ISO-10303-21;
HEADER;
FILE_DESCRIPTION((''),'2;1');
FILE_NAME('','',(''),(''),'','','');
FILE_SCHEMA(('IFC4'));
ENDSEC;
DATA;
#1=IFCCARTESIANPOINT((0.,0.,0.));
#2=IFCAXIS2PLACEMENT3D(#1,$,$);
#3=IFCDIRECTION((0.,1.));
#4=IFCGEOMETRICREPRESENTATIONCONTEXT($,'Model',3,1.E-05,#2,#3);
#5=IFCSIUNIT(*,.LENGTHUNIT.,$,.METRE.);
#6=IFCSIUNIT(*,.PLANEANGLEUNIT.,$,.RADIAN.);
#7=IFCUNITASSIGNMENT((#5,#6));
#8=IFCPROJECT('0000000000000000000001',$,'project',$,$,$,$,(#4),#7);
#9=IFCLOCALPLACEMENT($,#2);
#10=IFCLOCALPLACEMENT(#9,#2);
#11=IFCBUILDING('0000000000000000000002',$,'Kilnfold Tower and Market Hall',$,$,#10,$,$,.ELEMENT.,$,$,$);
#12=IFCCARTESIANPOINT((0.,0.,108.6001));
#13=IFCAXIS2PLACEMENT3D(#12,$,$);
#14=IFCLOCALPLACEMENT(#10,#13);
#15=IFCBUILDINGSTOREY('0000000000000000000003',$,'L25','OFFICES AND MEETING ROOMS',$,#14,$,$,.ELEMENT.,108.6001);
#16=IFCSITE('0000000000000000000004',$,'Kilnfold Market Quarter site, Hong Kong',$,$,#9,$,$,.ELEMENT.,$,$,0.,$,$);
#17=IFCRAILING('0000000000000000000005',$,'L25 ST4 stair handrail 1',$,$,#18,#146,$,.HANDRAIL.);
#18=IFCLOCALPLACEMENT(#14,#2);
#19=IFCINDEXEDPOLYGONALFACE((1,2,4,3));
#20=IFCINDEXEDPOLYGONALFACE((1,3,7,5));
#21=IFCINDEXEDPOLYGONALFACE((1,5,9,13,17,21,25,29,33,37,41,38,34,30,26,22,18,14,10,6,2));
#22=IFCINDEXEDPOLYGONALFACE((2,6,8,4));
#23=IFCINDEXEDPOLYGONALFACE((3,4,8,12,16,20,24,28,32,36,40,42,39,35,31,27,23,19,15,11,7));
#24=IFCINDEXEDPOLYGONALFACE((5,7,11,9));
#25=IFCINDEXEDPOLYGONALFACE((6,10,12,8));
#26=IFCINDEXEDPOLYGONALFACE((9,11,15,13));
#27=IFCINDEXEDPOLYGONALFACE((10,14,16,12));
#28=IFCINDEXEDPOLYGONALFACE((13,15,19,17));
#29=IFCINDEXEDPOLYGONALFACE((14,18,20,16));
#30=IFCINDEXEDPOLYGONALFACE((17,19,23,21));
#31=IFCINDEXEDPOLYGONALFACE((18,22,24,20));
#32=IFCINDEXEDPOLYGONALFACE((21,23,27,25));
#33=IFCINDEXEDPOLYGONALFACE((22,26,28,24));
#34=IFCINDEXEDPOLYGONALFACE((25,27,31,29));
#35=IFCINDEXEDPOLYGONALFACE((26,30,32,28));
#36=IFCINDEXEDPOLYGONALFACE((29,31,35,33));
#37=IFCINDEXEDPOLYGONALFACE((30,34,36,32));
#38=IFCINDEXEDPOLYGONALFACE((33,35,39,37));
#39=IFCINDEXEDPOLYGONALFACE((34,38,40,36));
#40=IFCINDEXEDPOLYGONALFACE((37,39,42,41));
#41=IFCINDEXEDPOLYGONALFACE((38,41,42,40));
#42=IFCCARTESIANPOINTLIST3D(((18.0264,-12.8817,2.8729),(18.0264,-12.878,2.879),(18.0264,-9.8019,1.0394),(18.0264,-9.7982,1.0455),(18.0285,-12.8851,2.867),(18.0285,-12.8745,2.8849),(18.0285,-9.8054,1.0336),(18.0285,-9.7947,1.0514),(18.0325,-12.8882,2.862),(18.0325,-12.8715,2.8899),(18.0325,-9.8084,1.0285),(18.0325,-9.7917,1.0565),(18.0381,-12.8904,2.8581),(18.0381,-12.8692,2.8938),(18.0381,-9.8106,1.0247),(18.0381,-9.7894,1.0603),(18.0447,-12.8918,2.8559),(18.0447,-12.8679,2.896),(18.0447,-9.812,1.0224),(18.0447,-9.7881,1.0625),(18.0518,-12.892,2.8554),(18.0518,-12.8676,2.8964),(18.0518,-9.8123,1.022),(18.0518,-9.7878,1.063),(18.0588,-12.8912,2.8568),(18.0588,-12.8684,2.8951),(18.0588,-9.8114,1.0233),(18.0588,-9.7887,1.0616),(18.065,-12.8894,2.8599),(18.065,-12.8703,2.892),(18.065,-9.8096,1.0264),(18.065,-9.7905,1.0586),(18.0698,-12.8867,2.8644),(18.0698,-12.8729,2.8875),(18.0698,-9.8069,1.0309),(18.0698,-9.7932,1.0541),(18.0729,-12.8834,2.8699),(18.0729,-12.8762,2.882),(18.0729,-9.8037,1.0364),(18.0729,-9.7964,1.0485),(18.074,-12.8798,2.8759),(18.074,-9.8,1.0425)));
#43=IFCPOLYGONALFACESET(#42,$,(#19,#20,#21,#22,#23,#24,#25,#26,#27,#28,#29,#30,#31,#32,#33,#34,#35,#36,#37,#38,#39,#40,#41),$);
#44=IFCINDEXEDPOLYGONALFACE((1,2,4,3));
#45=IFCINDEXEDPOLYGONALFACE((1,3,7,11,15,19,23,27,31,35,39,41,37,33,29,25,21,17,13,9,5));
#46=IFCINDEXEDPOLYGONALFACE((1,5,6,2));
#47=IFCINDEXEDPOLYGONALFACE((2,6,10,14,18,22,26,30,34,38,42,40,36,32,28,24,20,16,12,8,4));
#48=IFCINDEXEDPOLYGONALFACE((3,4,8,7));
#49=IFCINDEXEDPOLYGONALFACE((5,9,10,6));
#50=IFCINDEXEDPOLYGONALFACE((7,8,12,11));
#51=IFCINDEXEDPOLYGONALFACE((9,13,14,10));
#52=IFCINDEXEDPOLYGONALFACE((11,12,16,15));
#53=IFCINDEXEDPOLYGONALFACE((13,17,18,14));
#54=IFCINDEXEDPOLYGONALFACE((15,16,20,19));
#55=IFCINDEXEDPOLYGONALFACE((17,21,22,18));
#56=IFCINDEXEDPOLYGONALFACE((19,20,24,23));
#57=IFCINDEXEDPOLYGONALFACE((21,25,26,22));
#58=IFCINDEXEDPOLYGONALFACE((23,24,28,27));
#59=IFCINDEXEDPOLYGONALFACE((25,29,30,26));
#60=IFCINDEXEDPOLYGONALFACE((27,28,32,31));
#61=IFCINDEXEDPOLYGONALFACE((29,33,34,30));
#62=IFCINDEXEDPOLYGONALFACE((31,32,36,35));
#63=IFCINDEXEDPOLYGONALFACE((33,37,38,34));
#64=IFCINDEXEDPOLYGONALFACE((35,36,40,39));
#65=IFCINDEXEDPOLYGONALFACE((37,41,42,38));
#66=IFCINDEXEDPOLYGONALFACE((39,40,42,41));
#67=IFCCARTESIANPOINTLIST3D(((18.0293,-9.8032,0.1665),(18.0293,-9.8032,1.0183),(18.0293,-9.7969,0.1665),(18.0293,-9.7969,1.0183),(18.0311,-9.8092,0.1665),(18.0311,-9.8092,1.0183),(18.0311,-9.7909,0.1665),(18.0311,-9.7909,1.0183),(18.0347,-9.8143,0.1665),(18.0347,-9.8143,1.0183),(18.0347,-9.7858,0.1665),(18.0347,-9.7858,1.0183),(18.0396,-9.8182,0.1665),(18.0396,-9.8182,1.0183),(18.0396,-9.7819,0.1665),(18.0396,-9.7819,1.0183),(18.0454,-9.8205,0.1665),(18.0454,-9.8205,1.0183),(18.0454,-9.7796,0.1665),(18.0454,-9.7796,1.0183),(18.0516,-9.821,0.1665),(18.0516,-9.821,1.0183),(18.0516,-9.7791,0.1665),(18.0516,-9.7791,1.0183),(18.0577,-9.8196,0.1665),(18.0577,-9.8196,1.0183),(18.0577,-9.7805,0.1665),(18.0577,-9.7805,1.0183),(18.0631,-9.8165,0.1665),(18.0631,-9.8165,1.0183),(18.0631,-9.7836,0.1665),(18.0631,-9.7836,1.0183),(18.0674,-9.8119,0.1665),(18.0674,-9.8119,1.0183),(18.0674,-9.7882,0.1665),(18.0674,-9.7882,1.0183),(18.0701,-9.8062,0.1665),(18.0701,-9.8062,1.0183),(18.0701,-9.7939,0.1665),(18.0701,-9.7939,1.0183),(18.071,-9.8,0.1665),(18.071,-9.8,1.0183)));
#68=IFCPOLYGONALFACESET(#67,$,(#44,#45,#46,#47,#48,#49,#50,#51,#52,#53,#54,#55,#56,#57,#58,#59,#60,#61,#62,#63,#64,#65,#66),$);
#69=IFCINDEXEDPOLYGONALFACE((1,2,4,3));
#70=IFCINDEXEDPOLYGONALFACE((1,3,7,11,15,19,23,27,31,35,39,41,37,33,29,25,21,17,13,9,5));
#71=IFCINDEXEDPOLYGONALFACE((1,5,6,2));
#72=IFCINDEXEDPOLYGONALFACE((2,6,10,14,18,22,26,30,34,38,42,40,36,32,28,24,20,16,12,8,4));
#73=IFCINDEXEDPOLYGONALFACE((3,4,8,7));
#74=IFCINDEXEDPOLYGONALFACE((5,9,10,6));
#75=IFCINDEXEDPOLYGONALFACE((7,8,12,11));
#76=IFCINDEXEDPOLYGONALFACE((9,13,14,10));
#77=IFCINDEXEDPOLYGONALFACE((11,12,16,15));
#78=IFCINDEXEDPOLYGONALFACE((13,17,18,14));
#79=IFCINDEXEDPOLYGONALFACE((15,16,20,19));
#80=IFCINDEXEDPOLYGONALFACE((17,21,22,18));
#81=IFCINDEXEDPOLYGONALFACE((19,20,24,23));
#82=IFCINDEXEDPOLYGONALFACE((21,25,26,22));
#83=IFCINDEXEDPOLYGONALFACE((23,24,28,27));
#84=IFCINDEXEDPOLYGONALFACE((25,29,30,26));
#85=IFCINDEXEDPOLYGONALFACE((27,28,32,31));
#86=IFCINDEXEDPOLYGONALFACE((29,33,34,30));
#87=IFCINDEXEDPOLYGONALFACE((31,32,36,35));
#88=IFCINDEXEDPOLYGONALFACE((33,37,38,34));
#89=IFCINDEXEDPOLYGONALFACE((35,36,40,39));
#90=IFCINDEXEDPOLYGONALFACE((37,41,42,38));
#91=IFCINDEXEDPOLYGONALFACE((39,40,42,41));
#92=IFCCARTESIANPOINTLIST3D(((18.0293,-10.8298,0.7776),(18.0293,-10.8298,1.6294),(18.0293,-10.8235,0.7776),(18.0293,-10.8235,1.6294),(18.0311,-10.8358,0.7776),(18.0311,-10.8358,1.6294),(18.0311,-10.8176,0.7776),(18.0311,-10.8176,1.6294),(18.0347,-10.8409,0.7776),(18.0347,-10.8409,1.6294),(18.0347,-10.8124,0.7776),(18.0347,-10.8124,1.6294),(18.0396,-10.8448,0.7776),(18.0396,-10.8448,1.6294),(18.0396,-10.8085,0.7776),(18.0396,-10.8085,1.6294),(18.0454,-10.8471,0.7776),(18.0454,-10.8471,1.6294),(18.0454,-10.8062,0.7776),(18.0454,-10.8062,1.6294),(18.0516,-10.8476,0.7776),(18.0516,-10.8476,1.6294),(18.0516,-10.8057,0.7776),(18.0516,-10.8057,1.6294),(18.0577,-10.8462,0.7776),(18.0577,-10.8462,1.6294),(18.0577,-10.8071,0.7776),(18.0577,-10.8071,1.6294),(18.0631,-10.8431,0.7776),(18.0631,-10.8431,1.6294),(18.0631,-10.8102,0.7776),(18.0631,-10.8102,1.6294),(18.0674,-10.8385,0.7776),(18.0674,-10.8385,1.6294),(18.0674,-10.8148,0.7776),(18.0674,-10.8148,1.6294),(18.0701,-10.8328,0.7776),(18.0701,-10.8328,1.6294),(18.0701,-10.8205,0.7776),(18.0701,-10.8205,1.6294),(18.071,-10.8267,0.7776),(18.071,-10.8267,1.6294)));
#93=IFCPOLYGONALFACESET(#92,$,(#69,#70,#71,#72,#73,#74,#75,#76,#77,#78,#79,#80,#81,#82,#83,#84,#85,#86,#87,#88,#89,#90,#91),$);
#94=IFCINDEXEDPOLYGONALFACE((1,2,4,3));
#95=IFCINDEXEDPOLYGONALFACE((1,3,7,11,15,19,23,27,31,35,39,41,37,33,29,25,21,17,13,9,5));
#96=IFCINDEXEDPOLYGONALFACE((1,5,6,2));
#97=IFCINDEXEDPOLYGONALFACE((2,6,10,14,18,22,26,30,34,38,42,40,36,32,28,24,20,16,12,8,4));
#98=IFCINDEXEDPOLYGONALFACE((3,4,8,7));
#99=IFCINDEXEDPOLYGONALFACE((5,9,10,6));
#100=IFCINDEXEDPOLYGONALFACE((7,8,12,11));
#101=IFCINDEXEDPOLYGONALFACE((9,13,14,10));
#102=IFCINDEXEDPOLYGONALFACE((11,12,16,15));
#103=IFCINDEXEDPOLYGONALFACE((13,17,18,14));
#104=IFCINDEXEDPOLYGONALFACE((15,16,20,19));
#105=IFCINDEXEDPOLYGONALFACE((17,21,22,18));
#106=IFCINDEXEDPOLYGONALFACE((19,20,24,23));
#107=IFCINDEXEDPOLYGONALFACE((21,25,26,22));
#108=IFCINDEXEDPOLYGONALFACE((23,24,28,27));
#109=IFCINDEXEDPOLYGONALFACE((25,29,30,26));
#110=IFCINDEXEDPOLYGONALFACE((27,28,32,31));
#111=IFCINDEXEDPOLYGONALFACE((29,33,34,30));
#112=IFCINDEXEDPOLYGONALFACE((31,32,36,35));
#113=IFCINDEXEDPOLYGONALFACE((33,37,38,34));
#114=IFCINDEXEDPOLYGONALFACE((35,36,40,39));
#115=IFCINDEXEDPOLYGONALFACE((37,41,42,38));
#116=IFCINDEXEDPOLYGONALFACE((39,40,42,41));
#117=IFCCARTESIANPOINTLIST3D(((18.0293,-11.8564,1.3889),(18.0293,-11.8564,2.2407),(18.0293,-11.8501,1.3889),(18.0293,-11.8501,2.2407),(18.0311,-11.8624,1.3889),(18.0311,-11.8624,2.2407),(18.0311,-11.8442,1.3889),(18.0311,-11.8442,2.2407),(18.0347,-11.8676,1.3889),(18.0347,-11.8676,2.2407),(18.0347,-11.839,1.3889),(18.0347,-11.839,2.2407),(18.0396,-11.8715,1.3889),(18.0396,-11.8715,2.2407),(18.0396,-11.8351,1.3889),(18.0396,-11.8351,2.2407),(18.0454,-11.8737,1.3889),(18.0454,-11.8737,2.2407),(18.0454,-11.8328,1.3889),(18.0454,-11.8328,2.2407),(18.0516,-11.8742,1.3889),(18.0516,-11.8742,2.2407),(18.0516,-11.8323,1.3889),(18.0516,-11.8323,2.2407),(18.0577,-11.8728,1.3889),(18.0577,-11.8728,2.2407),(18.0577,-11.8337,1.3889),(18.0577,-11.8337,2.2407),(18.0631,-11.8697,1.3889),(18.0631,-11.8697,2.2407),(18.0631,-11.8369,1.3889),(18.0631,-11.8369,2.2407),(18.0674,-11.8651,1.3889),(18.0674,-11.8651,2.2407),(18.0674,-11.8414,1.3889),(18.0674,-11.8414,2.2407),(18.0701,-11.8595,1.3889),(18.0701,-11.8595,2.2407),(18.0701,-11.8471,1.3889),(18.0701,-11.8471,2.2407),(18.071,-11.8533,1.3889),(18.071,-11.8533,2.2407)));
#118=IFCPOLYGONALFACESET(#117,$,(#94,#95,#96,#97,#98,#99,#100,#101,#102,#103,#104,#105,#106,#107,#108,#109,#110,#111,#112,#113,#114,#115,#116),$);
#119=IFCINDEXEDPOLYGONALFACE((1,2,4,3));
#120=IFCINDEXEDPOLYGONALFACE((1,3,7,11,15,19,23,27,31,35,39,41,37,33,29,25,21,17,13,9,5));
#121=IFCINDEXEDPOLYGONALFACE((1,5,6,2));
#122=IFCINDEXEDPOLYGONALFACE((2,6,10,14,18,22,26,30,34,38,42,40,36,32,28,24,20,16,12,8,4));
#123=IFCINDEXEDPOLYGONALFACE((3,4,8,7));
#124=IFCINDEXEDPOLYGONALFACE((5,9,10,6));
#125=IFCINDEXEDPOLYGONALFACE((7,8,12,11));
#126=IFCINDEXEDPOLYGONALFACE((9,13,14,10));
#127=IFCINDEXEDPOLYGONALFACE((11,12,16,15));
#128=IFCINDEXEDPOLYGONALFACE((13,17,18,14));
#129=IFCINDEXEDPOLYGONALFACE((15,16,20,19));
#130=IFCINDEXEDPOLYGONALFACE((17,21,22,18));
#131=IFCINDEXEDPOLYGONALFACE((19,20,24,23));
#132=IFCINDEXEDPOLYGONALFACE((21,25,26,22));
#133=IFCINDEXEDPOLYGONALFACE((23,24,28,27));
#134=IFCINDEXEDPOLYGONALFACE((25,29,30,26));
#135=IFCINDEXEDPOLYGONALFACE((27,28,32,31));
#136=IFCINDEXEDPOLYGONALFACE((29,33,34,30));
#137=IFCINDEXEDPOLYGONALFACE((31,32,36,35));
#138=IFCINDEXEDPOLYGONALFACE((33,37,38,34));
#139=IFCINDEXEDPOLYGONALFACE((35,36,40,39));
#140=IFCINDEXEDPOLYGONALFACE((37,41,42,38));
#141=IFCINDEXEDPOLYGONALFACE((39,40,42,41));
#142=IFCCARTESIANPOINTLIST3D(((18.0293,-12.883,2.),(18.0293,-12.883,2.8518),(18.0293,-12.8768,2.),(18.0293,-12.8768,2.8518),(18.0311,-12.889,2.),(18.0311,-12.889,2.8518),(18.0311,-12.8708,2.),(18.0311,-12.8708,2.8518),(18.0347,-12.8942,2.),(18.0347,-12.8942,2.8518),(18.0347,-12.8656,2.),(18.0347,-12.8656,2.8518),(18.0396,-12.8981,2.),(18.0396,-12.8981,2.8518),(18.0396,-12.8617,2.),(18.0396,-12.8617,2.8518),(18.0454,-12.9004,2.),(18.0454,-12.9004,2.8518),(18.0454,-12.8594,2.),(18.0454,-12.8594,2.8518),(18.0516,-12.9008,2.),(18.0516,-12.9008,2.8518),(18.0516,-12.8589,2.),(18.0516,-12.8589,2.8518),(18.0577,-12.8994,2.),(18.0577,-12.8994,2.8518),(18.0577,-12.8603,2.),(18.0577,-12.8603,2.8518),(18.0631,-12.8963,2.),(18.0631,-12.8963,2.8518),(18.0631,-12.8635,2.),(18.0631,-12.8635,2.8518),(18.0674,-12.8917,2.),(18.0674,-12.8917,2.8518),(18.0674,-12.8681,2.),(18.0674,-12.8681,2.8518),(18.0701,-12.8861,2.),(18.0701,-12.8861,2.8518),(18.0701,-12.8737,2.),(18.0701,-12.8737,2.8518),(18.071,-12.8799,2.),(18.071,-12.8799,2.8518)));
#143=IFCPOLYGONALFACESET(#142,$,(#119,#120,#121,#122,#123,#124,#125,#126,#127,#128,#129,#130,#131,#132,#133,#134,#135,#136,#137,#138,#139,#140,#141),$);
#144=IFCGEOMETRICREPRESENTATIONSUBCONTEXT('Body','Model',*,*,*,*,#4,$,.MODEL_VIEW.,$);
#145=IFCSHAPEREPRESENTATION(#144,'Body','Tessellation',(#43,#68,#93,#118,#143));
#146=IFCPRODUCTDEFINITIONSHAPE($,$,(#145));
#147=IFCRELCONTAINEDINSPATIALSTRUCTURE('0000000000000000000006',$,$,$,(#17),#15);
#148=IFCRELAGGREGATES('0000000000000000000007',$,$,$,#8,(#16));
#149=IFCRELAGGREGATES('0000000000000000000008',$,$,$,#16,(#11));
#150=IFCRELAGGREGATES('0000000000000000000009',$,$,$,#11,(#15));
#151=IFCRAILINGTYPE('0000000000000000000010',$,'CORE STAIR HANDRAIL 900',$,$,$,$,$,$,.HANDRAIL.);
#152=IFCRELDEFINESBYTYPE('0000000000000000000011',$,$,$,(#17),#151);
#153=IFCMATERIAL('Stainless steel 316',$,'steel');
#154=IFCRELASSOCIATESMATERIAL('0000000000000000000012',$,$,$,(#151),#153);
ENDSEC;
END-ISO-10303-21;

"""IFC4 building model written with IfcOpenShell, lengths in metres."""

from ifc_helpers import new_model, si_unit, direction, frame, origin, origin_2d, place, context, subcontext, project, spatial, circle, extrude, material, type_object, element, save


model = new_model("IFC4")

# Units and contexts
model_context = context("Model", 3, precision=1e-05, world=origin(), true_north=direction((0.0, 1.0)))
body_context = subcontext(model_context, "Body", "Model", "MODEL_VIEW")
ifc_project = project(units=[si_unit("LENGTHUNIT", "METRE"), si_unit("PLANEANGLEUNIT", "RADIAN")], contexts=[model_context])

# Site, building, storey
site_placement = place(None, origin())
site = spatial("IfcSite", under=ifc_project, at=site_placement, Name="Kilnfold Market Quarter site, Hong Kong", CompositionType="ELEMENT", RefElevation=0.0)
building_placement = place(site_placement, origin())
building = spatial("IfcBuilding", under=site, at=building_placement, Name="Kilnfold Tower and Market Hall", CompositionType="ELEMENT")
storey_placement = place(building_placement, frame((0.0, 0.0, 108.6001)))
storey = spatial("IfcBuildingStorey", under=building, at=storey_placement, Name="L25", Description="OFFICES AND MEETING ROOMS", CompositionType="ELEMENT", Elevation=108.6001)

# Railing
ifc_material_1 = material(Name="Stainless steel 316", Category="steel")
railing_type_1 = type_object("IfcRailingType", Name="CORE STAIR HANDRAIL 900", PredefinedType="HANDRAIL", material=ifc_material_1)
railing_1_placement = place(storey_placement, frame((18.05, -9.8, 0.1665)))
element("IfcRailing", 1, at=railing_1_placement, inside=storey, type_object=railing_type_1, Name="L25 ST4 stair handrail 1", PredefinedType="HANDRAIL", context=body_context, shape_type="SweptSolid", body=[
    extrude(circle(Radius=0.0239, at=origin_2d()), frame((0.0, 0.0, 0.876), z_axis=(0.0, -0.859261, 0.511538), x_axis=(1.0, 0.0, 0.0)), (0.0, 0.0, 1.0), 3.5842),
    extrude(circle(Radius=0.021, at=origin_2d()), origin(), (0.0, 0.0, 1.0), 0.8518),
    extrude(circle(Radius=0.021, at=origin_2d()), frame((0.0, -1.0266, 0.6111)), (0.0, 0.0, 1.0), 0.8518),
    extrude(circle(Radius=0.021, at=origin_2d()), frame((0.0, -2.0532, 1.2224)), (0.0, 0.0, 1.0), 0.8518),
    extrude(circle(Radius=0.021, at=origin_2d()), frame((0.0, -3.0798, 1.8335)), (0.0, 0.0, 1.0), 0.8518),
])

save(model, "model.ifc")
